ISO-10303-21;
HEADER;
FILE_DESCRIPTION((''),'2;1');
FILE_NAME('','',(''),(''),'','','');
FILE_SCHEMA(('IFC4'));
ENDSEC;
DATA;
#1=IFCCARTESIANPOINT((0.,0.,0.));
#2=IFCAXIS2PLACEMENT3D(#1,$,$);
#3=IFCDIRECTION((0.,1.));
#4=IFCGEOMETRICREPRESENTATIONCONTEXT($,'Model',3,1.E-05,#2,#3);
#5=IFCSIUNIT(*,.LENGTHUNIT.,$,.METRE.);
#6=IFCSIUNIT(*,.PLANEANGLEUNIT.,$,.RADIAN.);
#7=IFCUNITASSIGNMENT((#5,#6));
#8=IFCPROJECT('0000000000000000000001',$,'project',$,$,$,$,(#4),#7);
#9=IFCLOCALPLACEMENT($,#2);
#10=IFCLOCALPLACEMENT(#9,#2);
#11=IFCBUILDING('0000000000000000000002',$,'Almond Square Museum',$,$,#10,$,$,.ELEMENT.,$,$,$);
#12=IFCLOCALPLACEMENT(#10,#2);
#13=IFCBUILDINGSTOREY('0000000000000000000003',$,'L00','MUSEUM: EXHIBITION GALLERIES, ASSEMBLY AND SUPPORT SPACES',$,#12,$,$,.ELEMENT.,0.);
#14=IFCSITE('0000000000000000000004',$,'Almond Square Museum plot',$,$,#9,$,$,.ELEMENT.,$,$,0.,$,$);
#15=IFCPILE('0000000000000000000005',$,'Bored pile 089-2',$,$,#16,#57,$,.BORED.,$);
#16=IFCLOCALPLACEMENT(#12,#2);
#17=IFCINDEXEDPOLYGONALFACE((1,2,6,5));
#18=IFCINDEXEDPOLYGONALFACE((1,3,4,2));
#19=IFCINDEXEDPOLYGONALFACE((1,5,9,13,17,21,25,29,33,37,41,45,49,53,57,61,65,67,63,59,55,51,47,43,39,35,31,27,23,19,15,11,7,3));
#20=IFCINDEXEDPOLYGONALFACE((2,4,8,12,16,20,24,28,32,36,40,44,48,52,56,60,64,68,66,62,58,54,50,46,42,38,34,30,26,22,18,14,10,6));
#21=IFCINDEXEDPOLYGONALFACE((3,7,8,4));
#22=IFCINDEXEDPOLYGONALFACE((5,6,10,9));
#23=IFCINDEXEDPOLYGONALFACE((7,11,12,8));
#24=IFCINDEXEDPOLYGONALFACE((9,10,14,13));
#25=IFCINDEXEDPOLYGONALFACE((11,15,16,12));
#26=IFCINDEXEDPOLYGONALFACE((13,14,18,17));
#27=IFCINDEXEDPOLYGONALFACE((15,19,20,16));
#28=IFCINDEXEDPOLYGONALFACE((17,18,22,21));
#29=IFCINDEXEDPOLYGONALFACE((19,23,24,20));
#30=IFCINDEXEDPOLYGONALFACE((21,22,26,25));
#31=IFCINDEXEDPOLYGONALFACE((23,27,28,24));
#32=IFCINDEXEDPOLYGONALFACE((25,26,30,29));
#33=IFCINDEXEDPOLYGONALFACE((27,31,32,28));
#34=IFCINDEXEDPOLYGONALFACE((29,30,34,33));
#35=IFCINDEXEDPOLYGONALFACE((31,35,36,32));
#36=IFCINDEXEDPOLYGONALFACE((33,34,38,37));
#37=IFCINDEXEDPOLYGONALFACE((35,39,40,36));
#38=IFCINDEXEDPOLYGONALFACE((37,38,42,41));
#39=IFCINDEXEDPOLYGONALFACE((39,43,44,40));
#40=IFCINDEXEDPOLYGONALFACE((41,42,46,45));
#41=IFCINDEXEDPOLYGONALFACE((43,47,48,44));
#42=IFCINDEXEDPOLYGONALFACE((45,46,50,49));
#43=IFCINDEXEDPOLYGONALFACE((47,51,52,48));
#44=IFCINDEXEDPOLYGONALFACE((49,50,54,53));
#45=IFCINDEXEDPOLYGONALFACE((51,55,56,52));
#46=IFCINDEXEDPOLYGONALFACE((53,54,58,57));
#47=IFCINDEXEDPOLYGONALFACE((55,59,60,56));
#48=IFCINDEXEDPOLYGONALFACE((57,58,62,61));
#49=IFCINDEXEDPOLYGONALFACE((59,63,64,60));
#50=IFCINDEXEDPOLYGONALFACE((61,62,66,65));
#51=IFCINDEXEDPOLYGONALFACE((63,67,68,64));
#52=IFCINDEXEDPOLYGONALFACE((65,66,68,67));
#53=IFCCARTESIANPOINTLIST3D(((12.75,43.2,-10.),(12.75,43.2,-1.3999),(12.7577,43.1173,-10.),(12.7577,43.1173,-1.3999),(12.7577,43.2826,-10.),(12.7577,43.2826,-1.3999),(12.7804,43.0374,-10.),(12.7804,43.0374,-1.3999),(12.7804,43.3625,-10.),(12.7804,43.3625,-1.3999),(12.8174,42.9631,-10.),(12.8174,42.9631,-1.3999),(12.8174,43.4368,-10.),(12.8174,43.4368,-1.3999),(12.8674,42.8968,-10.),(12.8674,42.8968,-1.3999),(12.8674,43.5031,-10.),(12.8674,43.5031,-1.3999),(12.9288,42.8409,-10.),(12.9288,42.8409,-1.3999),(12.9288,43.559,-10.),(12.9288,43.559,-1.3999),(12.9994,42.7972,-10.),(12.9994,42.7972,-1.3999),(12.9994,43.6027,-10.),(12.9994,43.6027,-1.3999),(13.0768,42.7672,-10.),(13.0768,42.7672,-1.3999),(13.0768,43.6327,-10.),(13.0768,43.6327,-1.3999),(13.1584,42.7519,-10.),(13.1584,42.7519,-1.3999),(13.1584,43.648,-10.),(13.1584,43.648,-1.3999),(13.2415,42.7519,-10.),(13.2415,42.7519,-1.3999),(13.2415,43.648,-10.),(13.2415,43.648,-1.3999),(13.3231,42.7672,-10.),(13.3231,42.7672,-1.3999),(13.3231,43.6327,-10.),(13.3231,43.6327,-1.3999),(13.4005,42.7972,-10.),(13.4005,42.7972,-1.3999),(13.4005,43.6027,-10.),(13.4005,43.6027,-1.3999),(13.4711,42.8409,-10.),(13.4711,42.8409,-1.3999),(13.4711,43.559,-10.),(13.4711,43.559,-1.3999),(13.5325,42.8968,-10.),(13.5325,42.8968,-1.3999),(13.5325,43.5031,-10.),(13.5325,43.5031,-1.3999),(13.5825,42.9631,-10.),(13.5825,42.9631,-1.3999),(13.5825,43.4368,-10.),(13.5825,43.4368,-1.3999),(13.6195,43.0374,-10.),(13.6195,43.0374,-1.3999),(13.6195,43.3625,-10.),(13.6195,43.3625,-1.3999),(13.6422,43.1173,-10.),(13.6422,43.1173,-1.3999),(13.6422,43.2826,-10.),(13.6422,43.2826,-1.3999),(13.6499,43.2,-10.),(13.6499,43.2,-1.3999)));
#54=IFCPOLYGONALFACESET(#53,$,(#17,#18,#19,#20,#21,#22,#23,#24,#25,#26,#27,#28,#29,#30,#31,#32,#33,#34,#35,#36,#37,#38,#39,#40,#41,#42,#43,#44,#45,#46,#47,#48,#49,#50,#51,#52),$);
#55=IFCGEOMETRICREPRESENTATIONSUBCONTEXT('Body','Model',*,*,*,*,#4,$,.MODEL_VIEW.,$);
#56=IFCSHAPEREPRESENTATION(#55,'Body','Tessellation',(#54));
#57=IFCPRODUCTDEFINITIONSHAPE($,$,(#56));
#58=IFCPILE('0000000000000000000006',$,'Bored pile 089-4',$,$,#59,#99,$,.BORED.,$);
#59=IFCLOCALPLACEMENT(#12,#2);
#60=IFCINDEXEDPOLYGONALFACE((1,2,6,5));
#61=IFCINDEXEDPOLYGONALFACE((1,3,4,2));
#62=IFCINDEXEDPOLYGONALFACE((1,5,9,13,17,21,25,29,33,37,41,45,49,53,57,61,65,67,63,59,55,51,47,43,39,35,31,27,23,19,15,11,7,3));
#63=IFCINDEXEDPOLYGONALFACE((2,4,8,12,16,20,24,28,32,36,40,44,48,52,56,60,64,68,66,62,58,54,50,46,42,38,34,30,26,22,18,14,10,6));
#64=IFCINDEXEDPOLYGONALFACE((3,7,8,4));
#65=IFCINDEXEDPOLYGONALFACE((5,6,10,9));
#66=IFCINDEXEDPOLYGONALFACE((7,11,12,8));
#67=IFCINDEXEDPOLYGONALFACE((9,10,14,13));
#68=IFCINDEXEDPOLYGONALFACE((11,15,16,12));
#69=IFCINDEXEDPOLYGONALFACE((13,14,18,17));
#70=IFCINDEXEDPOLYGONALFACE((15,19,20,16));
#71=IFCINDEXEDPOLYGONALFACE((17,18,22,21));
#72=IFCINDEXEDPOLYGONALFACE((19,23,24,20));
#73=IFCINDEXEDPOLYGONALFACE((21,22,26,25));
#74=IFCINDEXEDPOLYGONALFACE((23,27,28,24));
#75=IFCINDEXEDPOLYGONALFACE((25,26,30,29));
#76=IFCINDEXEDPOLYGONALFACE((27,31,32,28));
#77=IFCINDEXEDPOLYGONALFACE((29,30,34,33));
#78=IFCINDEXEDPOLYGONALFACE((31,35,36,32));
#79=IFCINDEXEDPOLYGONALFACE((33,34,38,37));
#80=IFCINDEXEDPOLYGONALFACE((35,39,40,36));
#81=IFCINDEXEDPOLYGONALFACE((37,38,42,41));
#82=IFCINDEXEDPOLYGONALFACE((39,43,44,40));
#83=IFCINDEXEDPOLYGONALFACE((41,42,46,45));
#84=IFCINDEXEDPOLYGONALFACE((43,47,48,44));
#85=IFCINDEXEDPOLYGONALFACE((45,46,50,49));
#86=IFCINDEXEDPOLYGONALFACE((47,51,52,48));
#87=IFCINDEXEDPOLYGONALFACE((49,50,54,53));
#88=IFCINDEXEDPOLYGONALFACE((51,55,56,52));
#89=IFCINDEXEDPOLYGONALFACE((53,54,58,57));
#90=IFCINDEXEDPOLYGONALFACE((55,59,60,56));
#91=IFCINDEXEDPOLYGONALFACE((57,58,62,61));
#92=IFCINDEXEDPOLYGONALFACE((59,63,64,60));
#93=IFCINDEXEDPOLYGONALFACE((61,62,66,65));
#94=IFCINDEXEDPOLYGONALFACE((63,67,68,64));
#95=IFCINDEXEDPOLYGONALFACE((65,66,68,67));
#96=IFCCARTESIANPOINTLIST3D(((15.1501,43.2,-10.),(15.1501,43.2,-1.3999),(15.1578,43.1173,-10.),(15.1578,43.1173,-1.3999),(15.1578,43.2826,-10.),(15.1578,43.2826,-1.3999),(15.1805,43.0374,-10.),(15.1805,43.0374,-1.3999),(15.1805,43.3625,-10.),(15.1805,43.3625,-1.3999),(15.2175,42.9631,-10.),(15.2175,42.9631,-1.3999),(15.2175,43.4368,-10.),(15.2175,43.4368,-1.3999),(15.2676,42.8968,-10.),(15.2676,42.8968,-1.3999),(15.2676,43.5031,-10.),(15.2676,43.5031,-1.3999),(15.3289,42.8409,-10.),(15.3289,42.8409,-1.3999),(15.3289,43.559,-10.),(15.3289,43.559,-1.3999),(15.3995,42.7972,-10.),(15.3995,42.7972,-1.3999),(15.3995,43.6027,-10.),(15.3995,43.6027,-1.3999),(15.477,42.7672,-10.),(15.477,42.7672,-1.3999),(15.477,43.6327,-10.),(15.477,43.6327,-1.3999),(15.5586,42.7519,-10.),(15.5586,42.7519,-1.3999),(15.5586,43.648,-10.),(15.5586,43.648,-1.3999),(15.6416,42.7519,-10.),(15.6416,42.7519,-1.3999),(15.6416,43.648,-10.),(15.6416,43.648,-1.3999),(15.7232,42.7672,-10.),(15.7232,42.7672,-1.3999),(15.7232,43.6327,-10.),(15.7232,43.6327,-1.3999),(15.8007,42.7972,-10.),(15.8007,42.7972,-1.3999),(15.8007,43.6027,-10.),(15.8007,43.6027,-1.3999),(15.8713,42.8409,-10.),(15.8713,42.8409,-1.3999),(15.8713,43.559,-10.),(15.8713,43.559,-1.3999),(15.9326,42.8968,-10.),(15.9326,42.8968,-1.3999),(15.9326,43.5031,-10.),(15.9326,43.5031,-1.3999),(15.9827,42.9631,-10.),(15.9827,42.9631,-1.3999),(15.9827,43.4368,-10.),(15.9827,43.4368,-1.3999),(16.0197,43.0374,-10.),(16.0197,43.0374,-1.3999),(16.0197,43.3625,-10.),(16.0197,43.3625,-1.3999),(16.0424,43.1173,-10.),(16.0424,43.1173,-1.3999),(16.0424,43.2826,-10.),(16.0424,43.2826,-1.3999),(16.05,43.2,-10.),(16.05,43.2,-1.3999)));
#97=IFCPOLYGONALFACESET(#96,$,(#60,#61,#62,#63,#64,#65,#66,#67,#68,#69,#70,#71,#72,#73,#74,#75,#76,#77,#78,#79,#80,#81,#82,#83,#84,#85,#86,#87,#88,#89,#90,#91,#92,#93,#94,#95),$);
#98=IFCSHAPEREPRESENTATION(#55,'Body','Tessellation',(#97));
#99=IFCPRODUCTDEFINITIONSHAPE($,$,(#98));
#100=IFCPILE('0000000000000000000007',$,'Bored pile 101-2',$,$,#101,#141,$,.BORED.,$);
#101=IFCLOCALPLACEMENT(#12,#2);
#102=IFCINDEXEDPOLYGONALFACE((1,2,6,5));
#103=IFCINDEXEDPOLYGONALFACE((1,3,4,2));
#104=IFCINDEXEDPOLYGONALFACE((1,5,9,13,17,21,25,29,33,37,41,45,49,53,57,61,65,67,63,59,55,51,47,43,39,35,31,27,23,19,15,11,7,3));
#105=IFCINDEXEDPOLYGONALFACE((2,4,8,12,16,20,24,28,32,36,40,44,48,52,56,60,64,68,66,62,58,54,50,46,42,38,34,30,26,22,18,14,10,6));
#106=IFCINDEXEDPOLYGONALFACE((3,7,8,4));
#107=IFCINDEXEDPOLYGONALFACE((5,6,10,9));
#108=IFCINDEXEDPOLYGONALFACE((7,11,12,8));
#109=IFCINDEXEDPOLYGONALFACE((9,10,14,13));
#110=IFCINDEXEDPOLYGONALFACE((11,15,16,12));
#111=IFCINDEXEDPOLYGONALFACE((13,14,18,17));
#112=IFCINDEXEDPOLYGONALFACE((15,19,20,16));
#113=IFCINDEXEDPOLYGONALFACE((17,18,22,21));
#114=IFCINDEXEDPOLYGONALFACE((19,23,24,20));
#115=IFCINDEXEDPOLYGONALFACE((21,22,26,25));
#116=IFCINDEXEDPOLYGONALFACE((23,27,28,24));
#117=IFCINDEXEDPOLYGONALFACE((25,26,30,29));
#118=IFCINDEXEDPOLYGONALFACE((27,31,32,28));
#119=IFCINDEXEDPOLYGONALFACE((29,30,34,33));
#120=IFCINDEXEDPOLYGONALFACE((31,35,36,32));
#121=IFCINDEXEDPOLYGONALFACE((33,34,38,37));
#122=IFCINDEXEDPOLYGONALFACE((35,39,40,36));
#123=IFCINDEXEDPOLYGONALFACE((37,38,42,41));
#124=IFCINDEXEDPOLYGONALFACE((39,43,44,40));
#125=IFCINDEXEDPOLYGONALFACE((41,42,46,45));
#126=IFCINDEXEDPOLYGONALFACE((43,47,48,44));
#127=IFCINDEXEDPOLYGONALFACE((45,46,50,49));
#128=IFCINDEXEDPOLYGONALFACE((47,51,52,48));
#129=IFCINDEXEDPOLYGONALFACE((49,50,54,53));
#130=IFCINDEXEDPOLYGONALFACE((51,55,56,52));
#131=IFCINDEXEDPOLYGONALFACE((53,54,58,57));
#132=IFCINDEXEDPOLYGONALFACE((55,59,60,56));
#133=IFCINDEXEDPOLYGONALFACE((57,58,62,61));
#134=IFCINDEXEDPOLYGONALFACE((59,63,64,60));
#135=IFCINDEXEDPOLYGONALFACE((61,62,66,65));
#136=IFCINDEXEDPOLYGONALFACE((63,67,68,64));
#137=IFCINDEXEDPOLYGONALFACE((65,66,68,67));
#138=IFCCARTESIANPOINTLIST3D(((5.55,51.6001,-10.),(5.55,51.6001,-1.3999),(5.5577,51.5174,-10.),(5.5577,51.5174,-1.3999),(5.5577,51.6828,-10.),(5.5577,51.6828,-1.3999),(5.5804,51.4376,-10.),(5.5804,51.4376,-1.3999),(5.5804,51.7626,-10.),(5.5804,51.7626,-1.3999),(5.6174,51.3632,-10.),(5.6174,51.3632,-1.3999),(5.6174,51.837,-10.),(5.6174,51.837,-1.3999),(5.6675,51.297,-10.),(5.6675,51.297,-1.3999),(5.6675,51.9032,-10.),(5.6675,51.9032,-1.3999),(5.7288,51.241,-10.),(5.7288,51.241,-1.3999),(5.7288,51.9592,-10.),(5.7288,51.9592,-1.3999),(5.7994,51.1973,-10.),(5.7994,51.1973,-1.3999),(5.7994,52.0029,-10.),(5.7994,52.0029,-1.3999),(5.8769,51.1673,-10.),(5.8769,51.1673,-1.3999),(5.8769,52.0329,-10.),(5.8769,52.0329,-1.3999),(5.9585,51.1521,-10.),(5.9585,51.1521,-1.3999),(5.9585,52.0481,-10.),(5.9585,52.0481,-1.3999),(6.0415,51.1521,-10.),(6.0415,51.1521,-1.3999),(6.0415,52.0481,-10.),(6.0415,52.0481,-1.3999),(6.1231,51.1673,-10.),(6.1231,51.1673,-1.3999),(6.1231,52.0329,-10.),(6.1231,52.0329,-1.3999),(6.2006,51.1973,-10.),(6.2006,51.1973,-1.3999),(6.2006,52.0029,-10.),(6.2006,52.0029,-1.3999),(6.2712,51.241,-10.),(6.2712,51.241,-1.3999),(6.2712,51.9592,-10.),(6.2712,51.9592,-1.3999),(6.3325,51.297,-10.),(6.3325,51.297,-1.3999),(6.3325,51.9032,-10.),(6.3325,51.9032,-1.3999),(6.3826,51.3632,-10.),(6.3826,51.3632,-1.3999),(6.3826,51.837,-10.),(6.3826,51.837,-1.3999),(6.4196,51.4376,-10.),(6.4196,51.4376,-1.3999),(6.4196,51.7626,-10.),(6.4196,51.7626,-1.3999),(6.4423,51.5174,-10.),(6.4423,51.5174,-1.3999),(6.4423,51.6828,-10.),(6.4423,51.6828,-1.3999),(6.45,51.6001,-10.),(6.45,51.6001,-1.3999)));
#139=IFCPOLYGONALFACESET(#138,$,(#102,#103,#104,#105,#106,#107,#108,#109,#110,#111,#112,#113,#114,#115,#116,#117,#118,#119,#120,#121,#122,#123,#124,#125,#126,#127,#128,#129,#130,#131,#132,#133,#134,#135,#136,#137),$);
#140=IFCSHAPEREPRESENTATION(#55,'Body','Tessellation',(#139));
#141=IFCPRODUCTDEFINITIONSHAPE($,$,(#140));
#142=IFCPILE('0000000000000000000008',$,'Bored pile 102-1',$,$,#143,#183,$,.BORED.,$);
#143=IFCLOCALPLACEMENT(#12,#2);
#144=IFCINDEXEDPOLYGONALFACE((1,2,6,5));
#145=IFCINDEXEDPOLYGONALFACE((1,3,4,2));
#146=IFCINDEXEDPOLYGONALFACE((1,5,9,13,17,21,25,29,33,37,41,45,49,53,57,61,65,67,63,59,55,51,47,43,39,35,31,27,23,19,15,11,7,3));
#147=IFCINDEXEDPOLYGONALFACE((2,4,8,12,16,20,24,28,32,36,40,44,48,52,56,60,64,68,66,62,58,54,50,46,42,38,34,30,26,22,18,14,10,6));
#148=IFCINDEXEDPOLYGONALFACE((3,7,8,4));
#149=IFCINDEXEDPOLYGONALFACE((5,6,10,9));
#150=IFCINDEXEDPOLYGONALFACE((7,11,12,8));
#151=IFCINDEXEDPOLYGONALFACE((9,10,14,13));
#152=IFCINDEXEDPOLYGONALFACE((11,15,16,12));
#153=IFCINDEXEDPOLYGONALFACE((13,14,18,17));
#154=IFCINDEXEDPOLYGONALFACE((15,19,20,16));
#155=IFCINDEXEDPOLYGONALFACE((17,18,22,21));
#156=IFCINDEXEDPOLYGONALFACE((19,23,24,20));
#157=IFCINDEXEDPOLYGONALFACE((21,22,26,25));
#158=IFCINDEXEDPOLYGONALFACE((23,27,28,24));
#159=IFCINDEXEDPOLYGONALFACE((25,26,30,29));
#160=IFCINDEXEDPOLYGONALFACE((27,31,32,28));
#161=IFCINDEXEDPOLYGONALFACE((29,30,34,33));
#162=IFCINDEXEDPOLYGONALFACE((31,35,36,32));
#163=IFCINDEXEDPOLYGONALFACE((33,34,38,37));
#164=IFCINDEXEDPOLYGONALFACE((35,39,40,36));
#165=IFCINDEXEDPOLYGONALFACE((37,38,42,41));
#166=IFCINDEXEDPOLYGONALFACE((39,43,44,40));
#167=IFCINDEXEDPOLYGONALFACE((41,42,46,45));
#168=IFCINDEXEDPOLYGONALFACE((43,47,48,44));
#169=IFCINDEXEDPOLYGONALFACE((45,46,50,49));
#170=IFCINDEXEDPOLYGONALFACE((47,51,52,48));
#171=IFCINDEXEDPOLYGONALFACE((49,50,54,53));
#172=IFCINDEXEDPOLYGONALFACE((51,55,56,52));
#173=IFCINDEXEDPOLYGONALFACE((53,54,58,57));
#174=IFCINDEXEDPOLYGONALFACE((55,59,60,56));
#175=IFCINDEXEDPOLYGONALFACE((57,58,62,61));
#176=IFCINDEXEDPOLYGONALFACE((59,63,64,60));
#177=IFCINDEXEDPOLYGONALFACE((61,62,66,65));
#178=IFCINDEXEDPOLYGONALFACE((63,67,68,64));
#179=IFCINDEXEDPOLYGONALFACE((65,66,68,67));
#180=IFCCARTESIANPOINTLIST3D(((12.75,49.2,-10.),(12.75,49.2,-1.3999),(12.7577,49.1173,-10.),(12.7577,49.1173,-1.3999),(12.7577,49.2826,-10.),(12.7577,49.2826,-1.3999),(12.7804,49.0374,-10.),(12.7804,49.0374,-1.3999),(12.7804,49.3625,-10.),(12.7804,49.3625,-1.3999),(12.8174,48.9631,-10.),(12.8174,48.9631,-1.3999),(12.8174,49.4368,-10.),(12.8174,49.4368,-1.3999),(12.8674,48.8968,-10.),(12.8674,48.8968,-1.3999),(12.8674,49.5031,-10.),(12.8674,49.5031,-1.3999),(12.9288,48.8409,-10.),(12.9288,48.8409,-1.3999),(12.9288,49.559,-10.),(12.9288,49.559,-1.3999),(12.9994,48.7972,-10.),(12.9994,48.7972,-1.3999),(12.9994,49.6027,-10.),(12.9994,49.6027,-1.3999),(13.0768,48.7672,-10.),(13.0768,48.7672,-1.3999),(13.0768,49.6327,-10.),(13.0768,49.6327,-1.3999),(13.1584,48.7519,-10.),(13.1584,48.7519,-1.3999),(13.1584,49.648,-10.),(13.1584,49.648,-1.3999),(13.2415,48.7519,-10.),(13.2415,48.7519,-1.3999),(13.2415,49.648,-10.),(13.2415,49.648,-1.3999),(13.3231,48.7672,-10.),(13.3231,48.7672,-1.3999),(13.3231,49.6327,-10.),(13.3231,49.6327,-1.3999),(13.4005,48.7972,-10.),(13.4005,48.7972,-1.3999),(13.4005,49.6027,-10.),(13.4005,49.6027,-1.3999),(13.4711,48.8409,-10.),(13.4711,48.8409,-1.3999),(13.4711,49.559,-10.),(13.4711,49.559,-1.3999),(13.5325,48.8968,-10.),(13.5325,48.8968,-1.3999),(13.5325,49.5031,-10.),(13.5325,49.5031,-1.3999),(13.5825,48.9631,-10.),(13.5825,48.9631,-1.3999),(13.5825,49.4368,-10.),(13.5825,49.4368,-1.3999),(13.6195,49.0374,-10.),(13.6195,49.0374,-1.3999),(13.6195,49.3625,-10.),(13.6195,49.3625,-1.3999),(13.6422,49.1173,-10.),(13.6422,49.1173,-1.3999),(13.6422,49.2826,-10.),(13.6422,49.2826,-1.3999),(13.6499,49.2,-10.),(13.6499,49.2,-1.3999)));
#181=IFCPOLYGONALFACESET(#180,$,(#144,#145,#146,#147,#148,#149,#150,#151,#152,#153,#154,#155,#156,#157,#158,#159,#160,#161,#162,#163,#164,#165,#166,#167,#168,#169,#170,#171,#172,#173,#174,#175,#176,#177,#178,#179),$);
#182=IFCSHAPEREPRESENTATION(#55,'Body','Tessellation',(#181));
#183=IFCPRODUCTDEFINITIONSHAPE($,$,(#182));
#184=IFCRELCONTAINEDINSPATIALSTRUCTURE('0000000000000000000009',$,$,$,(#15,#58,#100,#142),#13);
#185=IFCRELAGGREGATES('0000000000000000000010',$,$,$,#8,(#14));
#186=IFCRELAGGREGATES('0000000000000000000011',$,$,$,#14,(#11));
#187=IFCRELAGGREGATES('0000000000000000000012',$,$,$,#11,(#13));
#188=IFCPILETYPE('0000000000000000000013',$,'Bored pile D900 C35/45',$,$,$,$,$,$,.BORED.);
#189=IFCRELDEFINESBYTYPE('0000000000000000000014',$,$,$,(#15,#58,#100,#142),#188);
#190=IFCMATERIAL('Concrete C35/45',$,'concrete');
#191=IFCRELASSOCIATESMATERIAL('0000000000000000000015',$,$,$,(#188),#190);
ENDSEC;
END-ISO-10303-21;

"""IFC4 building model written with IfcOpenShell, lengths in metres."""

from ifc_helpers import new_model, si_unit, direction, frame, origin, origin_2d, place, context, subcontext, project, spatial, circle, extrude, material, material_profile, profile_set, type_object, element, save


model = new_model("IFC4")

# Units and contexts
model_context = context("Model", 3, precision=1e-05, world=origin(), true_north=direction((0.0, 1.0)))
body_context = subcontext(model_context, "Body", "Model", "MODEL_VIEW")
ifc_project = project(units=[si_unit("LENGTHUNIT", "METRE"), si_unit("PLANEANGLEUNIT", "RADIAN")], contexts=[model_context])

# Site, building, storey
site_placement = place(None, origin())
site = spatial("IfcSite", under=ifc_project, at=site_placement, Name="Almond Square Museum plot", CompositionType="ELEMENT", RefElevation=0.0)
building_placement = place(site_placement, origin())
building = spatial("IfcBuilding", under=site, at=building_placement, Name="Almond Square Museum", CompositionType="ELEMENT")
storey_placement = place(building_placement, origin())
storey = spatial("IfcBuildingStorey", under=building, at=storey_placement, Name="L00", Description="MUSEUM: EXHIBITION GALLERIES, ASSEMBLY AND SUPPORT SPACES", CompositionType="ELEMENT", Elevation=0.0)

# Piles
ifc_material_1 = material(Name="Concrete C35/45", Category="concrete")
ifc_material_profile_1 = material_profile(ifc_material_1, circle(Radius=0.45, at=origin_2d()))
ifc_profile_set_1 = profile_set([ifc_material_profile_1], Name="Concrete C35/45")
pile_type = type_object("IfcPileType", Name="Bored pile D900 C35/45", PredefinedType="BORED", material=ifc_profile_set_1)
for number, where, z_axis, x_axis, name in (
    (1, (13.2, 43.2, -1.3999), (0.0, 0.0, -1.0), (1.0, 0.0, 0.0), "Bored pile 089-2"),
    (2, (15.6001, 43.2, -1.3999), (0.0, 0.0, -1.0), (1.0, 0.0, 0.0), "Bored pile 089-4"),
    (3, (6.0, 51.6001, -1.3999), (0.0, 0.0, -1.0), (1.0, 0.0, 0.0), "Bored pile 101-2"),
    (4, (13.2, 49.2, -1.3999), (0.0, 0.0, -1.0), (1.0, 0.0, 0.0), "Bored pile 102-1"),
):
    element("IfcPile", number, at=place(storey_placement, frame(where, z_axis=z_axis, x_axis=x_axis)), inside=storey, type_object=pile_type, Name=name, PredefinedType="BORED", context=body_context, shape_type="SweptSolid", body=[
        extrude(circle(Radius=0.45, at=origin_2d()), origin(), (0.0, 0.0, 1.0), 8.6001),
    ])

save(model, "model.ifc")
